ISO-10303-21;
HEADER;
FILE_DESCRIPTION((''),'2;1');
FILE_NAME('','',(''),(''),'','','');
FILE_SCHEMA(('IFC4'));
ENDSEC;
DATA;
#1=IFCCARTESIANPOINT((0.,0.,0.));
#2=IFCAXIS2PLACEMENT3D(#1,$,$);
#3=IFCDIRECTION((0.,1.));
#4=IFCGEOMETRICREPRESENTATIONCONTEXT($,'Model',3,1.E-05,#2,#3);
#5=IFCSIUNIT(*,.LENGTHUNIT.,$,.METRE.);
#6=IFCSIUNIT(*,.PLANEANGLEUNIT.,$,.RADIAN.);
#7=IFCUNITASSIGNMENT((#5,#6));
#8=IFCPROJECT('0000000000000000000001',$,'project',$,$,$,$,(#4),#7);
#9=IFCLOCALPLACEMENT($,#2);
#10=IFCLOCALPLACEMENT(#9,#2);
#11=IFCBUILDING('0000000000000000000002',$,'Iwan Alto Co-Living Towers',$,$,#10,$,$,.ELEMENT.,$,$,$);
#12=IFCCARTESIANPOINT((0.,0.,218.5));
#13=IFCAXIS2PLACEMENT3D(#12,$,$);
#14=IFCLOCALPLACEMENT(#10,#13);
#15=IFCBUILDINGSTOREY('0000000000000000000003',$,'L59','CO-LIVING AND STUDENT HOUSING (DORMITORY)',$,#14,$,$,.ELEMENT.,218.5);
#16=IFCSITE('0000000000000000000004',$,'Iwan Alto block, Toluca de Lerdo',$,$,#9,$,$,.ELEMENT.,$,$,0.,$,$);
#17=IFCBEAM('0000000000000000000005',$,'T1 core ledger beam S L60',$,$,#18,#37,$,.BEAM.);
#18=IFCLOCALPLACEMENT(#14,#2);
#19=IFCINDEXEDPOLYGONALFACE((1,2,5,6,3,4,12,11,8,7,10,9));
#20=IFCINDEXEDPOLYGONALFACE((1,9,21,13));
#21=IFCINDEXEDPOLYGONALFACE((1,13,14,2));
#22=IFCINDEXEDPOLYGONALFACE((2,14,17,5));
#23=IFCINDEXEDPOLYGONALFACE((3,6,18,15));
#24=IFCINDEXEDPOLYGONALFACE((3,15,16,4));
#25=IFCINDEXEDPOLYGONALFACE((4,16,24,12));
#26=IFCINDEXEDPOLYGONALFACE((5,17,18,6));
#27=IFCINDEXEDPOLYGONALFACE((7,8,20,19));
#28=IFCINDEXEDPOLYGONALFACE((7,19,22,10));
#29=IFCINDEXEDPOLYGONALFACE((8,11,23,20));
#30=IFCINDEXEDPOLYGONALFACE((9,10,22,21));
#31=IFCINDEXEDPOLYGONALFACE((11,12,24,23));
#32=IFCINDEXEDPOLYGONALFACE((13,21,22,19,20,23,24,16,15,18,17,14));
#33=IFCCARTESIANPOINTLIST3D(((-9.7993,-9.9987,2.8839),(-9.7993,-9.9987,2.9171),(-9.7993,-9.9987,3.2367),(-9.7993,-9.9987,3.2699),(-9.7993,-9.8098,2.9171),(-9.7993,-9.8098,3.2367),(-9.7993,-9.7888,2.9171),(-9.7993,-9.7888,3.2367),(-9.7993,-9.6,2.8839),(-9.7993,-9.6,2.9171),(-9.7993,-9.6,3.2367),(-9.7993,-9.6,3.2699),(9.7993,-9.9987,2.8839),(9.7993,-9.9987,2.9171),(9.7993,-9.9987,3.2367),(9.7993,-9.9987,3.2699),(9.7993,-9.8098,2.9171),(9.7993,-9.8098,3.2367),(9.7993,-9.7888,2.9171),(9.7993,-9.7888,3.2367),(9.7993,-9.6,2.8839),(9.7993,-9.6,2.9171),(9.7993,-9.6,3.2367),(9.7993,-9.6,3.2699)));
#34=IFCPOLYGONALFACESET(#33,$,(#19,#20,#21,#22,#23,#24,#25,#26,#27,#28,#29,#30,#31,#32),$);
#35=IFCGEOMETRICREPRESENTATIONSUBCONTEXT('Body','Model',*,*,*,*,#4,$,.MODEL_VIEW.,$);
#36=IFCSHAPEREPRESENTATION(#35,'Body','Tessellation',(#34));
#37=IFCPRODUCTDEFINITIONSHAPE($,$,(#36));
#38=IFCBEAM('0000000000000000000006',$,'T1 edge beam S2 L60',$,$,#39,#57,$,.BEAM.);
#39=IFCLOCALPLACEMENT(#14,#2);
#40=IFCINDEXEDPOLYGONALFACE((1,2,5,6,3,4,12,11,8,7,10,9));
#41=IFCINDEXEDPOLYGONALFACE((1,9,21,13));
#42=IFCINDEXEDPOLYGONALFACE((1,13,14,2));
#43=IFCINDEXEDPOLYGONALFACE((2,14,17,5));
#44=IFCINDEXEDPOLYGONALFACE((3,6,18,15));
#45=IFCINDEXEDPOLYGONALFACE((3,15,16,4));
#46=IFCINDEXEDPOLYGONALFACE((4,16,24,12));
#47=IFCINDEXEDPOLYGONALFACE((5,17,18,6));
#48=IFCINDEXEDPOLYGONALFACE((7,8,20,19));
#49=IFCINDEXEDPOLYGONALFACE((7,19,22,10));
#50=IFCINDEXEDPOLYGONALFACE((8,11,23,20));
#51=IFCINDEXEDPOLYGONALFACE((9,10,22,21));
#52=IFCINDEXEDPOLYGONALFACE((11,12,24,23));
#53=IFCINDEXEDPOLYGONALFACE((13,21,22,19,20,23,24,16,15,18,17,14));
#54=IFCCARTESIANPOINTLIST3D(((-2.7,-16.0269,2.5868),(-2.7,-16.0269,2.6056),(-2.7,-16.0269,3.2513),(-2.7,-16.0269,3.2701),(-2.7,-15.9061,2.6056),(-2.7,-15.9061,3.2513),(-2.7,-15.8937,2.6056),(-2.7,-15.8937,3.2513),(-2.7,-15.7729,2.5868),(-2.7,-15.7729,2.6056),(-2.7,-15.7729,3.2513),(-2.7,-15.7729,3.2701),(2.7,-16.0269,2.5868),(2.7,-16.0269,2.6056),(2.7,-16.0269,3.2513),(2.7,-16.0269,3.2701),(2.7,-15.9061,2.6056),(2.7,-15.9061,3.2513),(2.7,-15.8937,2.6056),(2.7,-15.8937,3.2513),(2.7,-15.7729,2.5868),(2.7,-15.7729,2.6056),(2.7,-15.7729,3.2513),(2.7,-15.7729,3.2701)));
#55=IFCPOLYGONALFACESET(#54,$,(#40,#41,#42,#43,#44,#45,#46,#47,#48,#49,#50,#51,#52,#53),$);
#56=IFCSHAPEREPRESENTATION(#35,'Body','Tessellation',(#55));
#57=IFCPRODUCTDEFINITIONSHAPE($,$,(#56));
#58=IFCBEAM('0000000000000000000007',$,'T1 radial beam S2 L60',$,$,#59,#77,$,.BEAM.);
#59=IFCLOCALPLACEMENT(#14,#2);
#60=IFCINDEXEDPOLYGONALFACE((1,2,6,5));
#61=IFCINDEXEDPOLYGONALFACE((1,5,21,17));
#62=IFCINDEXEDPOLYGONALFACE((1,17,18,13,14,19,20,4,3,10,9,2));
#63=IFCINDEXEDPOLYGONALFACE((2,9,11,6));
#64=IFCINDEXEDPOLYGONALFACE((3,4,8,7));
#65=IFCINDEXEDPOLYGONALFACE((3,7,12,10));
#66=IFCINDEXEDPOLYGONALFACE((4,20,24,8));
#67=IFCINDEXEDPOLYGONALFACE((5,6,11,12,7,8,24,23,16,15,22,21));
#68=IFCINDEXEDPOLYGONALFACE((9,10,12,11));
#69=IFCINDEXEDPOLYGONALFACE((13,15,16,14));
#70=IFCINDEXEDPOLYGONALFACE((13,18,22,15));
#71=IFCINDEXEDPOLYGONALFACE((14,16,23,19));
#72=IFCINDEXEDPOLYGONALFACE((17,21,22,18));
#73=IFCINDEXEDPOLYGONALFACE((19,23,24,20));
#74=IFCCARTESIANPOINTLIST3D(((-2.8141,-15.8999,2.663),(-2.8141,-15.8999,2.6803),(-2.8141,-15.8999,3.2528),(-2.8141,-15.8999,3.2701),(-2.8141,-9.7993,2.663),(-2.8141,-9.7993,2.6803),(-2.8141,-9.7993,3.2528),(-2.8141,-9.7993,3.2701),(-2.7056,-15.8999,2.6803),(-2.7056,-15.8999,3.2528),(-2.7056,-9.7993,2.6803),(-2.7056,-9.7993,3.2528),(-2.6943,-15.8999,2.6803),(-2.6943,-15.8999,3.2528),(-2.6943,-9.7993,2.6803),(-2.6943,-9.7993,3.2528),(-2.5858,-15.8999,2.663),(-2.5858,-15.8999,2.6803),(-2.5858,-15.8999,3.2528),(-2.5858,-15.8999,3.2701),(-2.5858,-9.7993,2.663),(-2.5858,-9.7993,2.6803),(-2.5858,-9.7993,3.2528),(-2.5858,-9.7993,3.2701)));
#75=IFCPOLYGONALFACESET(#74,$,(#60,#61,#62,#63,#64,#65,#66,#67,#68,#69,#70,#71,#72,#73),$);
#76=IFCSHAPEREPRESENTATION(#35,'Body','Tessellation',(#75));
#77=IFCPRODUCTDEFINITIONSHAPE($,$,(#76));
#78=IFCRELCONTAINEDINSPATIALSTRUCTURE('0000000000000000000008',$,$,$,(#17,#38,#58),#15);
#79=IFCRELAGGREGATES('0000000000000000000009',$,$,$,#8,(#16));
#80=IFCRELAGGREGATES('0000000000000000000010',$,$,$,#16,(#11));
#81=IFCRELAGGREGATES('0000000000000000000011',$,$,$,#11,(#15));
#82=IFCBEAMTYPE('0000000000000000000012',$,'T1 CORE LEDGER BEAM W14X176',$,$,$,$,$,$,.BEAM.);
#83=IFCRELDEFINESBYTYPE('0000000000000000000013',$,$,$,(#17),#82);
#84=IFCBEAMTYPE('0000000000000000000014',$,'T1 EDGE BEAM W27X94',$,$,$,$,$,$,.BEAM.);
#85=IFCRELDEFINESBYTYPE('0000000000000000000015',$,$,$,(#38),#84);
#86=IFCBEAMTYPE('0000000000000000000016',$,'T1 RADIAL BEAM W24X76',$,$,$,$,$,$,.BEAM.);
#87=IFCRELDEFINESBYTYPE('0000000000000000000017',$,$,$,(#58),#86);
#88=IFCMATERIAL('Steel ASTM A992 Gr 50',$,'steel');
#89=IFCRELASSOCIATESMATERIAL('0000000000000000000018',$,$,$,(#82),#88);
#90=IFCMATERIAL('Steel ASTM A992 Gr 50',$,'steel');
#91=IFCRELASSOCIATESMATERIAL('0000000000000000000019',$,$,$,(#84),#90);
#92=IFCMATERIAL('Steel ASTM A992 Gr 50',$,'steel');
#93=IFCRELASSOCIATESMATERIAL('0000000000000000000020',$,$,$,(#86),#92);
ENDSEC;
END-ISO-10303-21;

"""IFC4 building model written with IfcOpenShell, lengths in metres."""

from ifc_helpers import new_model, si_unit, direction, frame, origin, origin_2d, place, context, subcontext, project, spatial, i_section, extrude, material, material_profile, profile_set, type_object, element, save


model = new_model("IFC4")

# Units and contexts
model_context = context("Model", 3, precision=1e-05, world=origin(), true_north=direction((0.0, 1.0)))
body_context = subcontext(model_context, "Body", "Model", "MODEL_VIEW")
ifc_project = project(units=[si_unit("LENGTHUNIT", "METRE"), si_unit("PLANEANGLEUNIT", "RADIAN")], contexts=[model_context])

# Site, building, storey
site_placement = place(None, origin())
site = spatial("IfcSite", under=ifc_project, at=site_placement, Name="Iwan Alto block, Toluca de Lerdo", CompositionType="ELEMENT", RefElevation=0.0)
building_placement = place(site_placement, origin())
building = spatial("IfcBuilding", under=site, at=building_placement, Name="Iwan Alto Co-Living Towers", CompositionType="ELEMENT")
storey_placement = place(building_placement, frame((0.0, 0.0, 218.5)))
storey = spatial("IfcBuildingStorey", under=building, at=storey_placement, Name="L59", Description="CO-LIVING AND STUDENT HOUSING (DORMITORY)", CompositionType="ELEMENT", Elevation=218.5)

# Beams
ifc_material_1 = material(Name="Steel ASTM A992 Gr 50", Category="steel")
ifc_material_profile_1 = material_profile(ifc_material_1, i_section(OverallWidth=0.3987, OverallDepth=0.386, WebThickness=0.021, FlangeThickness=0.0332, at=origin_2d()), Name="W14X176")
ifc_profile_set_1 = profile_set([ifc_material_profile_1], Name="Steel ASTM A992 Gr 50")
beam_type_1 = type_object("IfcBeamType", Name="T1 CORE LEDGER BEAM W14X176", PredefinedType="BEAM", material=ifc_profile_set_1)
beam_1_placement = place(storey_placement, frame((-9.7993, -9.7993, 3.0769), z_axis=(1.0, 0.0, 0.0), x_axis=(0.0, 1.0, 0.0)))
element("IfcBeam", 1, at=beam_1_placement, inside=storey, type_object=beam_type_1, Name="T1 core ledger beam S L60", PredefinedType="BEAM", context=body_context, shape_type="SweptSolid", body=[
    extrude(i_section(OverallWidth=0.3987, OverallDepth=0.386, WebThickness=0.021, FlangeThickness=0.0332, at=origin_2d()), origin(), (0.0, 0.0, 1.0), 19.5986),
])
ifc_material_2 = material(Name="Steel ASTM A992 Gr 50", Category="steel")
ifc_material_profile_2 = material_profile(ifc_material_2, i_section(OverallWidth=0.2539, OverallDepth=0.6833, WebThickness=0.0125, FlangeThickness=0.0188, at=origin_2d()), Name="W27X94")
ifc_profile_set_2 = profile_set([ifc_material_profile_2], Name="Steel ASTM A992 Gr 50")
beam_type_2 = type_object("IfcBeamType", Name="T1 EDGE BEAM W27X94", PredefinedType="BEAM", material=ifc_profile_set_2)
beam_2_placement = place(storey_placement, frame((-2.7, -15.8999, 2.9285), z_axis=(1.0, 0.0, 0.0), x_axis=(0.0, 1.0, 0.0)))
element("IfcBeam", 2, at=beam_2_placement, inside=storey, type_object=beam_type_2, Name="T1 edge beam S2 L60", PredefinedType="BEAM", context=body_context, shape_type="SweptSolid", body=[
    extrude(i_section(OverallWidth=0.2539, OverallDepth=0.6833, WebThickness=0.0125, FlangeThickness=0.0188, at=origin_2d()), origin(), (0.0, 0.0, 1.0), 5.3999),
])
ifc_material_3 = material(Name="Steel ASTM A992 Gr 50", Category="steel")
ifc_material_profile_3 = material_profile(ifc_material_3, i_section(OverallWidth=0.2283, OverallDepth=0.6072, WebThickness=0.0112, FlangeThickness=0.0173, at=origin_2d()), Name="W24X76")
ifc_profile_set_3 = profile_set([ifc_material_profile_3], Name="Steel ASTM A992 Gr 50")
beam_type_3 = type_object("IfcBeamType", Name="T1 RADIAL BEAM W24X76", PredefinedType="BEAM", material=ifc_profile_set_3)
beam_3_placement = place(storey_placement, frame((-2.7, -15.8999, 2.9666), z_axis=(0.0, 1.0, 0.0), x_axis=(-1.0, 0.0, 0.0)))
element("IfcBeam", 3, at=beam_3_placement, inside=storey, type_object=beam_type_3, Name="T1 radial beam S2 L60", PredefinedType="BEAM", context=body_context, shape_type="SweptSolid", body=[
    extrude(i_section(OverallWidth=0.2283, OverallDepth=0.6072, WebThickness=0.0112, FlangeThickness=0.0173, at=origin_2d()), origin(), (0.0, 0.0, 1.0), 6.1006),
])

save(model, "model.ifc")
